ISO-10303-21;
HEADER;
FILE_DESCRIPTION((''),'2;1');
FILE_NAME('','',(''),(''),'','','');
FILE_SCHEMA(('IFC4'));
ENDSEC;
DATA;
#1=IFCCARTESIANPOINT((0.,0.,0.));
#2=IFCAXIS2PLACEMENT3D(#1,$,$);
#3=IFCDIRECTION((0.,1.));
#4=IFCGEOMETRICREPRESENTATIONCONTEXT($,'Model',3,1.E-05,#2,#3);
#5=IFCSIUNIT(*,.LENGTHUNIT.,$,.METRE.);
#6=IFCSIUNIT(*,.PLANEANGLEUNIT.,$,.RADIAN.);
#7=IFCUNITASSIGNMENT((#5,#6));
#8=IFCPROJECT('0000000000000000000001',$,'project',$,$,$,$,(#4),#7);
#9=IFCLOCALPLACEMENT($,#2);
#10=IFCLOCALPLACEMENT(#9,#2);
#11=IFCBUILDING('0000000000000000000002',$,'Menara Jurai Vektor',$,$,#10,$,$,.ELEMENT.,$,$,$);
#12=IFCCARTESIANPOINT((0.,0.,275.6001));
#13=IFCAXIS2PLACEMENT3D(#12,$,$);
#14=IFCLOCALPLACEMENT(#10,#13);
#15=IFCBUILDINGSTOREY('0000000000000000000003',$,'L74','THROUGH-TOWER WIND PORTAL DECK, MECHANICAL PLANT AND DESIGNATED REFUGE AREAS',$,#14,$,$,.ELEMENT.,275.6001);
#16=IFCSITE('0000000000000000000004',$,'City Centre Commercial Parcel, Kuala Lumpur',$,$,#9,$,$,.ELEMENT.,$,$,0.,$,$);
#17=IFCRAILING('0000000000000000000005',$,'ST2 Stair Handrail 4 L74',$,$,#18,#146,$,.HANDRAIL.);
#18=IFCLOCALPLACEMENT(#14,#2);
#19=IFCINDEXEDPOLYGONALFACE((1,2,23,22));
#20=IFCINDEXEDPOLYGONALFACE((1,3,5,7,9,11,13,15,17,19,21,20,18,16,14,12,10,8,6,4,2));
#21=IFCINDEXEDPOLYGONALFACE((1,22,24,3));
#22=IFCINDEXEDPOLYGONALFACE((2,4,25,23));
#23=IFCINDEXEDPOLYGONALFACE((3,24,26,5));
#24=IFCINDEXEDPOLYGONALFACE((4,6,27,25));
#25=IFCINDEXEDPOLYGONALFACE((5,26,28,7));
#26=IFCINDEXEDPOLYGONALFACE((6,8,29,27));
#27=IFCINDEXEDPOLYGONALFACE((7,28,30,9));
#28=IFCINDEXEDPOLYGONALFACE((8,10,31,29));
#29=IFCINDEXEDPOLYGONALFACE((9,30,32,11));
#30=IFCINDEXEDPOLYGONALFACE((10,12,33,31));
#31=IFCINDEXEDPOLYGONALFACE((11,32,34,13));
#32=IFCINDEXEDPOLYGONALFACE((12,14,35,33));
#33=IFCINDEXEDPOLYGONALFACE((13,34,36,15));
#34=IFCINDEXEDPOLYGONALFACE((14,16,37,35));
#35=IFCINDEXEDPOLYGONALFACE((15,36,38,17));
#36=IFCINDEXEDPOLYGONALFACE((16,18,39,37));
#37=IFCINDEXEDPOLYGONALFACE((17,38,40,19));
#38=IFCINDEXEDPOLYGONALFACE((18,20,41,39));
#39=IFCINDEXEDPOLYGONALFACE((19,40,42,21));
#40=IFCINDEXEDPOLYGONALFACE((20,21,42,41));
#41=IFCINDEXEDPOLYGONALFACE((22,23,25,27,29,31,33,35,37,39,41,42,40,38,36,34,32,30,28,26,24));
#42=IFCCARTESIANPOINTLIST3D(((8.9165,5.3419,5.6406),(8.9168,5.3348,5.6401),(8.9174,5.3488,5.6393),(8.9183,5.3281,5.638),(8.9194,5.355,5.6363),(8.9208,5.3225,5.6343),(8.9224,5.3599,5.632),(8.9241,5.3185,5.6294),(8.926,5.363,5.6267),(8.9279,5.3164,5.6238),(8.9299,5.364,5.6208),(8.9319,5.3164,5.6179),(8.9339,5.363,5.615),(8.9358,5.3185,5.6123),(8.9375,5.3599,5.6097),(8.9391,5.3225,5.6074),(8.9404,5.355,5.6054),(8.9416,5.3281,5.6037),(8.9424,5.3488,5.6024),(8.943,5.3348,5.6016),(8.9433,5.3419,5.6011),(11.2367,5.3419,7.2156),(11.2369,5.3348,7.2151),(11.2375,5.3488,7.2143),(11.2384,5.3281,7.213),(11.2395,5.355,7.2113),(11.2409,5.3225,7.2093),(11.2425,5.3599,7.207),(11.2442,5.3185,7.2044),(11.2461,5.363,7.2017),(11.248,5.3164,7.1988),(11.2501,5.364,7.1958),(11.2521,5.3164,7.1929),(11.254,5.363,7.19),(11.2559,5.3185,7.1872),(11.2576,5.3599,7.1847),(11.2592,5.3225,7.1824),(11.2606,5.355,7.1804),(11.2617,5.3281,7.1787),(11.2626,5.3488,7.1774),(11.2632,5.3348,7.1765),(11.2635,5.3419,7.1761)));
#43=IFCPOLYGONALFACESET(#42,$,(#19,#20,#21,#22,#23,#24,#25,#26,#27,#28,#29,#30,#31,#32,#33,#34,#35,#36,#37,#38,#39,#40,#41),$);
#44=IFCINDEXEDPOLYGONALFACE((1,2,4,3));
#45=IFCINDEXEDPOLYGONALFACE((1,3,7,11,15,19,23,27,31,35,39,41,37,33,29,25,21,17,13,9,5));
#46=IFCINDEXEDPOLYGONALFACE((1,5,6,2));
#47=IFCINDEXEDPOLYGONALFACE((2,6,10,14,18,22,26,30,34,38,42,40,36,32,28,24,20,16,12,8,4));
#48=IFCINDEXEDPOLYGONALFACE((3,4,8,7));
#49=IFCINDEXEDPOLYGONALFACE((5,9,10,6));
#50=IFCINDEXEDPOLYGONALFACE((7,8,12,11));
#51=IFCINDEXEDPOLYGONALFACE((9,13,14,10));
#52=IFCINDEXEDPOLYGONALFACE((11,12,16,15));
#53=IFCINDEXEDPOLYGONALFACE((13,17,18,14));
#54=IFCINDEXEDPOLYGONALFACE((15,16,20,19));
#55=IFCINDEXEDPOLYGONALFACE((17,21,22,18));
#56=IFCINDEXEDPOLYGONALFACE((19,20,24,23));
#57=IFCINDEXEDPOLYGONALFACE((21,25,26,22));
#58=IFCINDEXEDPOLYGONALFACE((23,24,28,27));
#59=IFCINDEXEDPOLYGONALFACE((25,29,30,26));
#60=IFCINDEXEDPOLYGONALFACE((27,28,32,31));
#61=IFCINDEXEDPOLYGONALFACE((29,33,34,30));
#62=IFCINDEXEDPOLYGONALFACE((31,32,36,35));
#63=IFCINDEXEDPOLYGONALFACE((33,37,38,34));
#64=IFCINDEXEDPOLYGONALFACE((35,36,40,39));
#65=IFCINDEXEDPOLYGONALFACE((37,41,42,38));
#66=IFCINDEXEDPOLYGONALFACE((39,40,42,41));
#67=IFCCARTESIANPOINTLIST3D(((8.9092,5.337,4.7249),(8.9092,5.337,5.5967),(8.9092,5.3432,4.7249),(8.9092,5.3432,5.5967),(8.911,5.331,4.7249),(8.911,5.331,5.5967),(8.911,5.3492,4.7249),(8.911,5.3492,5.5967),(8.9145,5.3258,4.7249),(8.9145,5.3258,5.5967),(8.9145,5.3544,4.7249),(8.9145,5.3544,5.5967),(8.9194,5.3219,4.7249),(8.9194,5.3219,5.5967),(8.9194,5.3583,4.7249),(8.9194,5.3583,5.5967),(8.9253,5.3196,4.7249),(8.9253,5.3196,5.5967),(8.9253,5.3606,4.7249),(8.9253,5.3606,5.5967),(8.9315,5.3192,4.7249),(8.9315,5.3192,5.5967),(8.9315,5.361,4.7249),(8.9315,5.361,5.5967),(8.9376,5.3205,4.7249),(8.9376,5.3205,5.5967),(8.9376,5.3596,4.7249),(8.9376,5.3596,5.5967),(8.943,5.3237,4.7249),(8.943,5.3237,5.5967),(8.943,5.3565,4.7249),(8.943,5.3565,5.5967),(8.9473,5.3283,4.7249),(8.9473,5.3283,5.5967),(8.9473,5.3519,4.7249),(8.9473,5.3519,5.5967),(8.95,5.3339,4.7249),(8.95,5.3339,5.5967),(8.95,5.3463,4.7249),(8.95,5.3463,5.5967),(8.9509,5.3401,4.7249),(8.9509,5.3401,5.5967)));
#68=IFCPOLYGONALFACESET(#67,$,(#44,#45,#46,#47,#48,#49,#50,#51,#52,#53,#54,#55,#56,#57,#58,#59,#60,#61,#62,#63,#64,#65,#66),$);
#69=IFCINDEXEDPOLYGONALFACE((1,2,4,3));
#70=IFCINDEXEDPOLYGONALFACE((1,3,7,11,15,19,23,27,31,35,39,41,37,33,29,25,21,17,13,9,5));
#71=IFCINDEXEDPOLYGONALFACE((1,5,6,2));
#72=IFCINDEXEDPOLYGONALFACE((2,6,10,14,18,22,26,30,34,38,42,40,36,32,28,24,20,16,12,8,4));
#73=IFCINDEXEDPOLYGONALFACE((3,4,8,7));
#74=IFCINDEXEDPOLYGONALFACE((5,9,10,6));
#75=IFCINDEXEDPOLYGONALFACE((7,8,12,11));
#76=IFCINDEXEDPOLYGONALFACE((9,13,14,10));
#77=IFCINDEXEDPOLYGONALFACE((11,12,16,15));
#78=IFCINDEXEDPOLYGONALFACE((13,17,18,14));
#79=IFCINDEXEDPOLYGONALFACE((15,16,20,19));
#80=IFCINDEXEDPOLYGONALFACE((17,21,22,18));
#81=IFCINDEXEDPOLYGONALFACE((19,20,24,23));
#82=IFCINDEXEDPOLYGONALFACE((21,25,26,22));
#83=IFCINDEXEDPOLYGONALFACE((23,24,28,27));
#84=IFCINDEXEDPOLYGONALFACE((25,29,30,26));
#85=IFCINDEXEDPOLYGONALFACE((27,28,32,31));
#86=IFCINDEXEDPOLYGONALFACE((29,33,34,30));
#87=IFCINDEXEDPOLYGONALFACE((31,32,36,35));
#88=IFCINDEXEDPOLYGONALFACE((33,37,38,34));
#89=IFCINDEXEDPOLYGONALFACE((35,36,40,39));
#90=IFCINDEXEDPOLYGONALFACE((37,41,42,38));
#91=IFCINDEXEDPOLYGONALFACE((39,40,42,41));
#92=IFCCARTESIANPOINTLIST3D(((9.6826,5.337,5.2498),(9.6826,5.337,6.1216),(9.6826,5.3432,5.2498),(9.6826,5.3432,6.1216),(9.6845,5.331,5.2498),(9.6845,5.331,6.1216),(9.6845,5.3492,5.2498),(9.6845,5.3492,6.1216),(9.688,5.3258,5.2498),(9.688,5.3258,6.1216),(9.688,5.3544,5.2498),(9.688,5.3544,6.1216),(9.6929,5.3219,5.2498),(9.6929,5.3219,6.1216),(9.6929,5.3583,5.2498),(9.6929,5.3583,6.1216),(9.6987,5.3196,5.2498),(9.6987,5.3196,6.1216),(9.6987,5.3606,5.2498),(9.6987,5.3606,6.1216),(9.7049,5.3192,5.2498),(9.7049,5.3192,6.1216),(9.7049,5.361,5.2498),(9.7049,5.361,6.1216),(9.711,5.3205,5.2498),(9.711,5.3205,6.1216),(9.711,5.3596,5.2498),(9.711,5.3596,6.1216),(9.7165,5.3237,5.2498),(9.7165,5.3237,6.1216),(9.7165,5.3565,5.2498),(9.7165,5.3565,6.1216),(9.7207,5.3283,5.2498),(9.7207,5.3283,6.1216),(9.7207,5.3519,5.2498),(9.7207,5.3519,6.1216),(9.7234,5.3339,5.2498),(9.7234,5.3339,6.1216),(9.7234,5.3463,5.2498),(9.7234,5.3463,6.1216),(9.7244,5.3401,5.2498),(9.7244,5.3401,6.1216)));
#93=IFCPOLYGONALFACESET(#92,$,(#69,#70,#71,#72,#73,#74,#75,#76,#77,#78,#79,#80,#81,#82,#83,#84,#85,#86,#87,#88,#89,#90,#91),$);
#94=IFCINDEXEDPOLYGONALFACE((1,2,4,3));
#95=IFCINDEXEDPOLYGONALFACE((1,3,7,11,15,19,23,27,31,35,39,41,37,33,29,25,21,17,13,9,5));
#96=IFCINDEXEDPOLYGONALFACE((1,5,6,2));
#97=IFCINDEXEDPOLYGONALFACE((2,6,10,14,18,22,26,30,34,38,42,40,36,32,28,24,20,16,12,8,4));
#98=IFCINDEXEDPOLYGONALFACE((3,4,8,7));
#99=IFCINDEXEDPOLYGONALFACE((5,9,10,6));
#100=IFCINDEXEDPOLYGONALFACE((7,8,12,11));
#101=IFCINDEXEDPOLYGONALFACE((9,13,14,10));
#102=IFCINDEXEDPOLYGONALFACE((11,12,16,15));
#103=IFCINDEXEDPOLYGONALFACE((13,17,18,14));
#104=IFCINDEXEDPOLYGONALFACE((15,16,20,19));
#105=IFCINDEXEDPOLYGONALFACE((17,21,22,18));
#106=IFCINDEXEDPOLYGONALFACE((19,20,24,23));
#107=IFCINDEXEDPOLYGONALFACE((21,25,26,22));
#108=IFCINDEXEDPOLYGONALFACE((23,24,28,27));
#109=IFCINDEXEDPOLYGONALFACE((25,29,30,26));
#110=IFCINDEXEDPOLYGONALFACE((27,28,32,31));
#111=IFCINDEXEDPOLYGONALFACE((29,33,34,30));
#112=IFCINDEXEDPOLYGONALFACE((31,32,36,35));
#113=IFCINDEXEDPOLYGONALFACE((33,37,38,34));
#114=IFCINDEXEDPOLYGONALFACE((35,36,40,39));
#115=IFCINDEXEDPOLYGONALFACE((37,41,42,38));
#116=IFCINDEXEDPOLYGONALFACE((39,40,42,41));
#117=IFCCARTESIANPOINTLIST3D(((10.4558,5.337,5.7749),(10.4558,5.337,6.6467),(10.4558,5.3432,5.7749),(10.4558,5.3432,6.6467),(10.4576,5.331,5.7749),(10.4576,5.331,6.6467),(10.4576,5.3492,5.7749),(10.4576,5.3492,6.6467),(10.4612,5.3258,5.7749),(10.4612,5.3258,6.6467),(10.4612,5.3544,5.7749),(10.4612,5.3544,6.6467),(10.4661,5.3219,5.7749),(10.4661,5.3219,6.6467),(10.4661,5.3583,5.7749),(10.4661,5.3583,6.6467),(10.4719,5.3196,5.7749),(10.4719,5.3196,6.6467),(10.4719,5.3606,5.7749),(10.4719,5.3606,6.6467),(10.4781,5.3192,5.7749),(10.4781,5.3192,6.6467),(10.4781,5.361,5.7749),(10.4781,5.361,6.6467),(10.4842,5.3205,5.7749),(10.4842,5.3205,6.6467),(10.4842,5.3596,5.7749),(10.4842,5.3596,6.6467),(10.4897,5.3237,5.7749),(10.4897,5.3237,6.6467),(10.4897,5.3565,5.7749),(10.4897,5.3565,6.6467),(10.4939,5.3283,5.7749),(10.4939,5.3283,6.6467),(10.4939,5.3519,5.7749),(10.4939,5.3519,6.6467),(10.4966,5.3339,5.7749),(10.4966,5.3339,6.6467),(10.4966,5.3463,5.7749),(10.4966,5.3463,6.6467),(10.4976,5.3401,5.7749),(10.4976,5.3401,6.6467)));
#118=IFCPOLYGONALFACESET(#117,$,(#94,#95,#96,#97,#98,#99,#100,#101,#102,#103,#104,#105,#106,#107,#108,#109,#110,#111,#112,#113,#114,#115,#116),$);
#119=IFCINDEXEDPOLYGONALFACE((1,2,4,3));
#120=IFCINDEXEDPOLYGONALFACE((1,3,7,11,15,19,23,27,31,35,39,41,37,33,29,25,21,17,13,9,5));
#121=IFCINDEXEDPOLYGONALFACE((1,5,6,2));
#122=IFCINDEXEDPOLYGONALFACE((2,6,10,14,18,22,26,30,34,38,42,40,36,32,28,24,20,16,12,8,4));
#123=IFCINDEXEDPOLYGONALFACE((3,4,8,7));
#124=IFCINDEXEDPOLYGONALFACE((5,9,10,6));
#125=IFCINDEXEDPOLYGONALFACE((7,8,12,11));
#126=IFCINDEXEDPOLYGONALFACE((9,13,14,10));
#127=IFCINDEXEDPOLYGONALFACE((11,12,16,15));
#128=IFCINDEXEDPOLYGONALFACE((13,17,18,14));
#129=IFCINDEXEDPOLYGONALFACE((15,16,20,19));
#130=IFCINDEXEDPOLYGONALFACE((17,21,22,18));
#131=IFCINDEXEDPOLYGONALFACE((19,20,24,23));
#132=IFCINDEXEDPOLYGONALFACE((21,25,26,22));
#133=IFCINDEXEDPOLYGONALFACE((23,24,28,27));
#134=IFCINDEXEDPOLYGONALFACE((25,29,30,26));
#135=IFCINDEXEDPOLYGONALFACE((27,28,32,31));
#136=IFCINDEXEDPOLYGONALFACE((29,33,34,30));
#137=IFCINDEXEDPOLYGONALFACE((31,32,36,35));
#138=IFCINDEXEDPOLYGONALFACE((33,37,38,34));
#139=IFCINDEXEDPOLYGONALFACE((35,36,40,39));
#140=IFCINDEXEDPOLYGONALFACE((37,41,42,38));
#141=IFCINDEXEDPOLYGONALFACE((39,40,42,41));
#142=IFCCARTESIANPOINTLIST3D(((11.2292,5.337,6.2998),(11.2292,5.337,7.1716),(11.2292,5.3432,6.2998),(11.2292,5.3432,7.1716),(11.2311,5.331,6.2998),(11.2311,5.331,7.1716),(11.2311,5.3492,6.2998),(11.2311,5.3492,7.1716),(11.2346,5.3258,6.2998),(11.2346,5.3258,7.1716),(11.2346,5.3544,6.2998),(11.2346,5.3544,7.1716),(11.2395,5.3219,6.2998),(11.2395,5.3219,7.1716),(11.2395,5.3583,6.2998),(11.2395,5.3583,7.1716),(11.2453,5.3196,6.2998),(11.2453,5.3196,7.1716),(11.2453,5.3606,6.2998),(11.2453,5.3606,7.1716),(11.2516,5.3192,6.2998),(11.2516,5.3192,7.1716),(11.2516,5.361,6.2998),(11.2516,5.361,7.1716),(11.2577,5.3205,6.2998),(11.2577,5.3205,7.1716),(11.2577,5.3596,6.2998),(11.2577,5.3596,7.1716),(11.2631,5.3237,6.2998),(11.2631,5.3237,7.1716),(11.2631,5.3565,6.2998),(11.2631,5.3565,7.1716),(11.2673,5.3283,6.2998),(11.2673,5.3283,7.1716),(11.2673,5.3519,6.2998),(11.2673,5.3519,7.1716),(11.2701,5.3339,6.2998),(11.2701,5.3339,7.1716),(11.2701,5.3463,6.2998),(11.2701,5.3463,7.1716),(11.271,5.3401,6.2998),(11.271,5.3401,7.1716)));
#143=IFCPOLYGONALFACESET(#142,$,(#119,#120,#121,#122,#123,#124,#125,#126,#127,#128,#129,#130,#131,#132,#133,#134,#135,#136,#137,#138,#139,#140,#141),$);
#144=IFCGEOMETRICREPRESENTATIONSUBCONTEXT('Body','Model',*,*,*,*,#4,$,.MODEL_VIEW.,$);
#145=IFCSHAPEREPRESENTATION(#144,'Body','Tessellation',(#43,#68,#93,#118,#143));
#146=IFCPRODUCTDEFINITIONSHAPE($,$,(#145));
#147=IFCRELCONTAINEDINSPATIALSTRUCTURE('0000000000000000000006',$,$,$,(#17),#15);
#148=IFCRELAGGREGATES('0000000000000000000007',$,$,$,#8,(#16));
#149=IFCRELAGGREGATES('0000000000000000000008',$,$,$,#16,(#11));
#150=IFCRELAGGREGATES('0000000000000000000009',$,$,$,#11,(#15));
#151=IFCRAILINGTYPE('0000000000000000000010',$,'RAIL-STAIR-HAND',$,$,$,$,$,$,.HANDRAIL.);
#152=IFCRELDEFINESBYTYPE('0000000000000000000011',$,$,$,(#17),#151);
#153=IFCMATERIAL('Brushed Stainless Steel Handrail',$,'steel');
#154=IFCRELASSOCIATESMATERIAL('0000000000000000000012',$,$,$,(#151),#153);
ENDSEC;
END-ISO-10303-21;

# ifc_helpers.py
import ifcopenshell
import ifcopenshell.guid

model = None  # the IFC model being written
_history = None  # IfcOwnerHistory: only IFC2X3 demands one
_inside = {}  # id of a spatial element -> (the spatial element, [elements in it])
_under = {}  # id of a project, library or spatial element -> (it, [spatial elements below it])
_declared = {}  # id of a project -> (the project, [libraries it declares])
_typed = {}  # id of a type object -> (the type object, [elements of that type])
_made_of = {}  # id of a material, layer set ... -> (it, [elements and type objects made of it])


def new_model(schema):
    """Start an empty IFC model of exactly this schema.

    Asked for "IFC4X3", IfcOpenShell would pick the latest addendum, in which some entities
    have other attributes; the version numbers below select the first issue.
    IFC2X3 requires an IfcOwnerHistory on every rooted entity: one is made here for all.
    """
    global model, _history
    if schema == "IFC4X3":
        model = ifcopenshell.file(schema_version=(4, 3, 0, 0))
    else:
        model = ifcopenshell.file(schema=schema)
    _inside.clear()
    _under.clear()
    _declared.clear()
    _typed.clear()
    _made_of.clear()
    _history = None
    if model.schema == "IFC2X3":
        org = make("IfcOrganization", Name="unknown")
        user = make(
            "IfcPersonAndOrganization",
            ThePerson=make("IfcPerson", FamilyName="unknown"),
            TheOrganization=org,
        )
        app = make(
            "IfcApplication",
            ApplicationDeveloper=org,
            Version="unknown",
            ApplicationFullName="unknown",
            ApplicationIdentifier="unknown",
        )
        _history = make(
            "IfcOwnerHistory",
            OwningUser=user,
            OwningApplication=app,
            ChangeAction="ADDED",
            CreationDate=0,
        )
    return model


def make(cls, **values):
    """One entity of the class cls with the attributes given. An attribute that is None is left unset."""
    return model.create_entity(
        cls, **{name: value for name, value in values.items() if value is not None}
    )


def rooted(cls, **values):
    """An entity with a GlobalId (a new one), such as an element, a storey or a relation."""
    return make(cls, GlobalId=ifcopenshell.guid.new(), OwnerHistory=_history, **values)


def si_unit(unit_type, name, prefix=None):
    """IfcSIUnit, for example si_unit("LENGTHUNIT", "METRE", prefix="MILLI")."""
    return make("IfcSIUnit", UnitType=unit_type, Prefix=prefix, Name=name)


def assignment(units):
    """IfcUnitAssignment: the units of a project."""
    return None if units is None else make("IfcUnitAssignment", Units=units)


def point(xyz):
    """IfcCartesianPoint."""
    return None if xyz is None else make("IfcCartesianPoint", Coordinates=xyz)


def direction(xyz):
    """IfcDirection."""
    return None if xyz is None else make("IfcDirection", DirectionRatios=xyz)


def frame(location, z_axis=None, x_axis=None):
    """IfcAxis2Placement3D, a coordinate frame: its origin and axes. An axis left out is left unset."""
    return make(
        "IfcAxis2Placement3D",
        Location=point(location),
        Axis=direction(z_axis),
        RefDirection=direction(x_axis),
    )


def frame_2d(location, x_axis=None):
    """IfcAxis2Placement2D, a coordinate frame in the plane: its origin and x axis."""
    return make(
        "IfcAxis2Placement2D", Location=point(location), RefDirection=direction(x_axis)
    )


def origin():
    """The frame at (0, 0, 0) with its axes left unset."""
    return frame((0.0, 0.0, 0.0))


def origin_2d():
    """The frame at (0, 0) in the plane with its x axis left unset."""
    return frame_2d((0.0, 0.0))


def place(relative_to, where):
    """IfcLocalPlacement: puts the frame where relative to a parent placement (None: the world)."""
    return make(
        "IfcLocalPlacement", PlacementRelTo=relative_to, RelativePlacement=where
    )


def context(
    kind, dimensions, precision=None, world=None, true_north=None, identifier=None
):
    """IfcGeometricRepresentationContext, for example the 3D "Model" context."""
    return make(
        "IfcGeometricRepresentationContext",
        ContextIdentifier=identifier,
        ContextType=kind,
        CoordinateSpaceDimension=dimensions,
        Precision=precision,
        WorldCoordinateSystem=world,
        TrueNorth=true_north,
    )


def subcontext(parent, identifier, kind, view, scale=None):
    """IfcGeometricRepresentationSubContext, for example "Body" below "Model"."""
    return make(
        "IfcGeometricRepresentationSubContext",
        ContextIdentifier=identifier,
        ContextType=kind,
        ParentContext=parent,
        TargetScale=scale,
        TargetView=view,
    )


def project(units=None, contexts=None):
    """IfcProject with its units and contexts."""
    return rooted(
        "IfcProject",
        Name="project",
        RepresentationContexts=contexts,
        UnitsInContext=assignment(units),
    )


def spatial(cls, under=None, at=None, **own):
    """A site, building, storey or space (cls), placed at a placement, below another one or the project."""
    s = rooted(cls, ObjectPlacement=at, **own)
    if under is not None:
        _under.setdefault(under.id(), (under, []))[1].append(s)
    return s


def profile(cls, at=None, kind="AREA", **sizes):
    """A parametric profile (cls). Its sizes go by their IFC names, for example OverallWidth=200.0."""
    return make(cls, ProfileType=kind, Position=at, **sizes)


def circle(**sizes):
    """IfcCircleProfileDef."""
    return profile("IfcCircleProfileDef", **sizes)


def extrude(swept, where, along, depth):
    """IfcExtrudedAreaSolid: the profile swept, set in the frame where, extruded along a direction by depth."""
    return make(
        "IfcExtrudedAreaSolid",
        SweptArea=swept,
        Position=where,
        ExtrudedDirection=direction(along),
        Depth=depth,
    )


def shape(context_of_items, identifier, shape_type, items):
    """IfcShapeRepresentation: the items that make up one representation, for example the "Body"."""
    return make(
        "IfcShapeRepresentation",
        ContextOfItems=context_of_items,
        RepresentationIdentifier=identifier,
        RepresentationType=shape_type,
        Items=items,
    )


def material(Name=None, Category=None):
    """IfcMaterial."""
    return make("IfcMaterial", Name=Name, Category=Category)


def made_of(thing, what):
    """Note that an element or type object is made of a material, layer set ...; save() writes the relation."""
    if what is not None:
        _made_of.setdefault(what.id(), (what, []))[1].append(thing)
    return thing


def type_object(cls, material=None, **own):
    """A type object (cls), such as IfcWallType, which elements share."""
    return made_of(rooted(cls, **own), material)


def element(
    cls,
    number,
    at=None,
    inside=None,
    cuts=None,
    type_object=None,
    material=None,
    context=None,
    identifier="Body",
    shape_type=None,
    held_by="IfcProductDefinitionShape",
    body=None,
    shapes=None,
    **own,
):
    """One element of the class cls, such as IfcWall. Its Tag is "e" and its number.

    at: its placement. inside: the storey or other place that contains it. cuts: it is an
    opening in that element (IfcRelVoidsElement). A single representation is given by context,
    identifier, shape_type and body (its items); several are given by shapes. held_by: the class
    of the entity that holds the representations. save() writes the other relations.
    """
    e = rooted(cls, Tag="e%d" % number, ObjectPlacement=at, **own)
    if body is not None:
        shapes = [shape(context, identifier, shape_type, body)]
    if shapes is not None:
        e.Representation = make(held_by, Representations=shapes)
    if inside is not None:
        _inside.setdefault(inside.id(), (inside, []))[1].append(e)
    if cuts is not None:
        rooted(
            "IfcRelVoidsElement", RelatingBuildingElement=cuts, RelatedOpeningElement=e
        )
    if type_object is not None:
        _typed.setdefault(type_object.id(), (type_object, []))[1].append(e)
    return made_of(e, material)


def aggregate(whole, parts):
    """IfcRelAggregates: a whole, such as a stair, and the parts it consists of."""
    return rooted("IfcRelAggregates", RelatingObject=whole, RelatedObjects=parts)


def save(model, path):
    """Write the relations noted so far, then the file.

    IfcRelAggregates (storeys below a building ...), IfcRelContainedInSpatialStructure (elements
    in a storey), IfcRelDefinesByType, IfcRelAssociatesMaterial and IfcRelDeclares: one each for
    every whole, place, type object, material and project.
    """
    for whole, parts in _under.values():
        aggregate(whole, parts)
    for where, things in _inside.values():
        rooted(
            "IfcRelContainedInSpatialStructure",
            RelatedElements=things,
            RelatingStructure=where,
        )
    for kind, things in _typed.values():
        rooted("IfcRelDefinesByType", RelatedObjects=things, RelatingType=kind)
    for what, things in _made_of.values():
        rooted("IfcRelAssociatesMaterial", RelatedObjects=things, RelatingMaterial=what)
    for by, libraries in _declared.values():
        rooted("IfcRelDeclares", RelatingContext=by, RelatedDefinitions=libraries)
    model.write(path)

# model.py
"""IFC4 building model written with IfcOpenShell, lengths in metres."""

from ifc_helpers import new_model, si_unit, direction, frame, origin, origin_2d, place, context, subcontext, project, spatial, circle, extrude, material, type_object, element, save


model = new_model("IFC4")

# Units and contexts
model_context = context("Model", 3, precision=1e-05, world=origin(), true_north=direction((0.0, 1.0)))
body_context = subcontext(model_context, "Body", "Model", "MODEL_VIEW")
ifc_project = project(units=[si_unit("LENGTHUNIT", "METRE"), si_unit("PLANEANGLEUNIT", "RADIAN")], contexts=[model_context])

# Site, building, storey
site_placement = place(None, origin())
site = spatial("IfcSite", under=ifc_project, at=site_placement, Name="City Centre Commercial Parcel, Kuala Lumpur", CompositionType="ELEMENT", RefElevation=0.0)
building_placement = place(site_placement, origin())
building = spatial("IfcBuilding", under=site, at=building_placement, Name="Menara Jurai Vektor", CompositionType="ELEMENT")
storey_placement = place(building_placement, frame((0.0, 0.0, 275.6001)))
storey = spatial("IfcBuildingStorey", under=building, at=storey_placement, Name="L74", Description="THROUGH-TOWER WIND PORTAL DECK, MECHANICAL PLANT AND DESIGNATED REFUGE AREAS", CompositionType="ELEMENT", Elevation=275.6001)

# Railing
ifc_material_1 = material(Name="Brushed Stainless Steel Handrail", Category="steel")
railing_type_1 = type_object("IfcRailingType", Name="RAIL-STAIR-HAND", PredefinedType="HANDRAIL", material=ifc_material_1)
for number, where, name in (
    (1, (8.9299, 5.3401, 4.7249), "ST2 Stair Handrail 4 L74"),
):
    element("IfcRailing", number, at=place(storey_placement, frame(where)), inside=storey, type_object=railing_type_1, Name=name, PredefinedType="HANDRAIL", context=body_context, shape_type="SweptSolid", body=[
        extrude(circle(Radius=0.0239, at=origin_2d()), frame((0.0, 0.0, 0.896), z_axis=(0.827373, 0.0, 0.561653), x_axis=(0.0, 1.0, 0.0)), (0.0, 0.0, 1.0), 2.8042),
        extrude(circle(Radius=0.021, at=origin_2d()), origin(), (0.0, 0.0, 1.0), 0.8718),
        extrude(circle(Radius=0.021, at=origin_2d()), frame((0.7734, 0.0, 0.5249)), (0.0, 0.0, 1.0), 0.8718),
        extrude(circle(Radius=0.021, at=origin_2d()), frame((1.5466, 0.0, 1.05)), (0.0, 0.0, 1.0), 0.8718),
        extrude(circle(Radius=0.021, at=origin_2d()), frame((2.3201, 0.0, 1.575)), (0.0, 0.0, 1.0), 0.8718),
    ])

save(model, "model.ifc")
